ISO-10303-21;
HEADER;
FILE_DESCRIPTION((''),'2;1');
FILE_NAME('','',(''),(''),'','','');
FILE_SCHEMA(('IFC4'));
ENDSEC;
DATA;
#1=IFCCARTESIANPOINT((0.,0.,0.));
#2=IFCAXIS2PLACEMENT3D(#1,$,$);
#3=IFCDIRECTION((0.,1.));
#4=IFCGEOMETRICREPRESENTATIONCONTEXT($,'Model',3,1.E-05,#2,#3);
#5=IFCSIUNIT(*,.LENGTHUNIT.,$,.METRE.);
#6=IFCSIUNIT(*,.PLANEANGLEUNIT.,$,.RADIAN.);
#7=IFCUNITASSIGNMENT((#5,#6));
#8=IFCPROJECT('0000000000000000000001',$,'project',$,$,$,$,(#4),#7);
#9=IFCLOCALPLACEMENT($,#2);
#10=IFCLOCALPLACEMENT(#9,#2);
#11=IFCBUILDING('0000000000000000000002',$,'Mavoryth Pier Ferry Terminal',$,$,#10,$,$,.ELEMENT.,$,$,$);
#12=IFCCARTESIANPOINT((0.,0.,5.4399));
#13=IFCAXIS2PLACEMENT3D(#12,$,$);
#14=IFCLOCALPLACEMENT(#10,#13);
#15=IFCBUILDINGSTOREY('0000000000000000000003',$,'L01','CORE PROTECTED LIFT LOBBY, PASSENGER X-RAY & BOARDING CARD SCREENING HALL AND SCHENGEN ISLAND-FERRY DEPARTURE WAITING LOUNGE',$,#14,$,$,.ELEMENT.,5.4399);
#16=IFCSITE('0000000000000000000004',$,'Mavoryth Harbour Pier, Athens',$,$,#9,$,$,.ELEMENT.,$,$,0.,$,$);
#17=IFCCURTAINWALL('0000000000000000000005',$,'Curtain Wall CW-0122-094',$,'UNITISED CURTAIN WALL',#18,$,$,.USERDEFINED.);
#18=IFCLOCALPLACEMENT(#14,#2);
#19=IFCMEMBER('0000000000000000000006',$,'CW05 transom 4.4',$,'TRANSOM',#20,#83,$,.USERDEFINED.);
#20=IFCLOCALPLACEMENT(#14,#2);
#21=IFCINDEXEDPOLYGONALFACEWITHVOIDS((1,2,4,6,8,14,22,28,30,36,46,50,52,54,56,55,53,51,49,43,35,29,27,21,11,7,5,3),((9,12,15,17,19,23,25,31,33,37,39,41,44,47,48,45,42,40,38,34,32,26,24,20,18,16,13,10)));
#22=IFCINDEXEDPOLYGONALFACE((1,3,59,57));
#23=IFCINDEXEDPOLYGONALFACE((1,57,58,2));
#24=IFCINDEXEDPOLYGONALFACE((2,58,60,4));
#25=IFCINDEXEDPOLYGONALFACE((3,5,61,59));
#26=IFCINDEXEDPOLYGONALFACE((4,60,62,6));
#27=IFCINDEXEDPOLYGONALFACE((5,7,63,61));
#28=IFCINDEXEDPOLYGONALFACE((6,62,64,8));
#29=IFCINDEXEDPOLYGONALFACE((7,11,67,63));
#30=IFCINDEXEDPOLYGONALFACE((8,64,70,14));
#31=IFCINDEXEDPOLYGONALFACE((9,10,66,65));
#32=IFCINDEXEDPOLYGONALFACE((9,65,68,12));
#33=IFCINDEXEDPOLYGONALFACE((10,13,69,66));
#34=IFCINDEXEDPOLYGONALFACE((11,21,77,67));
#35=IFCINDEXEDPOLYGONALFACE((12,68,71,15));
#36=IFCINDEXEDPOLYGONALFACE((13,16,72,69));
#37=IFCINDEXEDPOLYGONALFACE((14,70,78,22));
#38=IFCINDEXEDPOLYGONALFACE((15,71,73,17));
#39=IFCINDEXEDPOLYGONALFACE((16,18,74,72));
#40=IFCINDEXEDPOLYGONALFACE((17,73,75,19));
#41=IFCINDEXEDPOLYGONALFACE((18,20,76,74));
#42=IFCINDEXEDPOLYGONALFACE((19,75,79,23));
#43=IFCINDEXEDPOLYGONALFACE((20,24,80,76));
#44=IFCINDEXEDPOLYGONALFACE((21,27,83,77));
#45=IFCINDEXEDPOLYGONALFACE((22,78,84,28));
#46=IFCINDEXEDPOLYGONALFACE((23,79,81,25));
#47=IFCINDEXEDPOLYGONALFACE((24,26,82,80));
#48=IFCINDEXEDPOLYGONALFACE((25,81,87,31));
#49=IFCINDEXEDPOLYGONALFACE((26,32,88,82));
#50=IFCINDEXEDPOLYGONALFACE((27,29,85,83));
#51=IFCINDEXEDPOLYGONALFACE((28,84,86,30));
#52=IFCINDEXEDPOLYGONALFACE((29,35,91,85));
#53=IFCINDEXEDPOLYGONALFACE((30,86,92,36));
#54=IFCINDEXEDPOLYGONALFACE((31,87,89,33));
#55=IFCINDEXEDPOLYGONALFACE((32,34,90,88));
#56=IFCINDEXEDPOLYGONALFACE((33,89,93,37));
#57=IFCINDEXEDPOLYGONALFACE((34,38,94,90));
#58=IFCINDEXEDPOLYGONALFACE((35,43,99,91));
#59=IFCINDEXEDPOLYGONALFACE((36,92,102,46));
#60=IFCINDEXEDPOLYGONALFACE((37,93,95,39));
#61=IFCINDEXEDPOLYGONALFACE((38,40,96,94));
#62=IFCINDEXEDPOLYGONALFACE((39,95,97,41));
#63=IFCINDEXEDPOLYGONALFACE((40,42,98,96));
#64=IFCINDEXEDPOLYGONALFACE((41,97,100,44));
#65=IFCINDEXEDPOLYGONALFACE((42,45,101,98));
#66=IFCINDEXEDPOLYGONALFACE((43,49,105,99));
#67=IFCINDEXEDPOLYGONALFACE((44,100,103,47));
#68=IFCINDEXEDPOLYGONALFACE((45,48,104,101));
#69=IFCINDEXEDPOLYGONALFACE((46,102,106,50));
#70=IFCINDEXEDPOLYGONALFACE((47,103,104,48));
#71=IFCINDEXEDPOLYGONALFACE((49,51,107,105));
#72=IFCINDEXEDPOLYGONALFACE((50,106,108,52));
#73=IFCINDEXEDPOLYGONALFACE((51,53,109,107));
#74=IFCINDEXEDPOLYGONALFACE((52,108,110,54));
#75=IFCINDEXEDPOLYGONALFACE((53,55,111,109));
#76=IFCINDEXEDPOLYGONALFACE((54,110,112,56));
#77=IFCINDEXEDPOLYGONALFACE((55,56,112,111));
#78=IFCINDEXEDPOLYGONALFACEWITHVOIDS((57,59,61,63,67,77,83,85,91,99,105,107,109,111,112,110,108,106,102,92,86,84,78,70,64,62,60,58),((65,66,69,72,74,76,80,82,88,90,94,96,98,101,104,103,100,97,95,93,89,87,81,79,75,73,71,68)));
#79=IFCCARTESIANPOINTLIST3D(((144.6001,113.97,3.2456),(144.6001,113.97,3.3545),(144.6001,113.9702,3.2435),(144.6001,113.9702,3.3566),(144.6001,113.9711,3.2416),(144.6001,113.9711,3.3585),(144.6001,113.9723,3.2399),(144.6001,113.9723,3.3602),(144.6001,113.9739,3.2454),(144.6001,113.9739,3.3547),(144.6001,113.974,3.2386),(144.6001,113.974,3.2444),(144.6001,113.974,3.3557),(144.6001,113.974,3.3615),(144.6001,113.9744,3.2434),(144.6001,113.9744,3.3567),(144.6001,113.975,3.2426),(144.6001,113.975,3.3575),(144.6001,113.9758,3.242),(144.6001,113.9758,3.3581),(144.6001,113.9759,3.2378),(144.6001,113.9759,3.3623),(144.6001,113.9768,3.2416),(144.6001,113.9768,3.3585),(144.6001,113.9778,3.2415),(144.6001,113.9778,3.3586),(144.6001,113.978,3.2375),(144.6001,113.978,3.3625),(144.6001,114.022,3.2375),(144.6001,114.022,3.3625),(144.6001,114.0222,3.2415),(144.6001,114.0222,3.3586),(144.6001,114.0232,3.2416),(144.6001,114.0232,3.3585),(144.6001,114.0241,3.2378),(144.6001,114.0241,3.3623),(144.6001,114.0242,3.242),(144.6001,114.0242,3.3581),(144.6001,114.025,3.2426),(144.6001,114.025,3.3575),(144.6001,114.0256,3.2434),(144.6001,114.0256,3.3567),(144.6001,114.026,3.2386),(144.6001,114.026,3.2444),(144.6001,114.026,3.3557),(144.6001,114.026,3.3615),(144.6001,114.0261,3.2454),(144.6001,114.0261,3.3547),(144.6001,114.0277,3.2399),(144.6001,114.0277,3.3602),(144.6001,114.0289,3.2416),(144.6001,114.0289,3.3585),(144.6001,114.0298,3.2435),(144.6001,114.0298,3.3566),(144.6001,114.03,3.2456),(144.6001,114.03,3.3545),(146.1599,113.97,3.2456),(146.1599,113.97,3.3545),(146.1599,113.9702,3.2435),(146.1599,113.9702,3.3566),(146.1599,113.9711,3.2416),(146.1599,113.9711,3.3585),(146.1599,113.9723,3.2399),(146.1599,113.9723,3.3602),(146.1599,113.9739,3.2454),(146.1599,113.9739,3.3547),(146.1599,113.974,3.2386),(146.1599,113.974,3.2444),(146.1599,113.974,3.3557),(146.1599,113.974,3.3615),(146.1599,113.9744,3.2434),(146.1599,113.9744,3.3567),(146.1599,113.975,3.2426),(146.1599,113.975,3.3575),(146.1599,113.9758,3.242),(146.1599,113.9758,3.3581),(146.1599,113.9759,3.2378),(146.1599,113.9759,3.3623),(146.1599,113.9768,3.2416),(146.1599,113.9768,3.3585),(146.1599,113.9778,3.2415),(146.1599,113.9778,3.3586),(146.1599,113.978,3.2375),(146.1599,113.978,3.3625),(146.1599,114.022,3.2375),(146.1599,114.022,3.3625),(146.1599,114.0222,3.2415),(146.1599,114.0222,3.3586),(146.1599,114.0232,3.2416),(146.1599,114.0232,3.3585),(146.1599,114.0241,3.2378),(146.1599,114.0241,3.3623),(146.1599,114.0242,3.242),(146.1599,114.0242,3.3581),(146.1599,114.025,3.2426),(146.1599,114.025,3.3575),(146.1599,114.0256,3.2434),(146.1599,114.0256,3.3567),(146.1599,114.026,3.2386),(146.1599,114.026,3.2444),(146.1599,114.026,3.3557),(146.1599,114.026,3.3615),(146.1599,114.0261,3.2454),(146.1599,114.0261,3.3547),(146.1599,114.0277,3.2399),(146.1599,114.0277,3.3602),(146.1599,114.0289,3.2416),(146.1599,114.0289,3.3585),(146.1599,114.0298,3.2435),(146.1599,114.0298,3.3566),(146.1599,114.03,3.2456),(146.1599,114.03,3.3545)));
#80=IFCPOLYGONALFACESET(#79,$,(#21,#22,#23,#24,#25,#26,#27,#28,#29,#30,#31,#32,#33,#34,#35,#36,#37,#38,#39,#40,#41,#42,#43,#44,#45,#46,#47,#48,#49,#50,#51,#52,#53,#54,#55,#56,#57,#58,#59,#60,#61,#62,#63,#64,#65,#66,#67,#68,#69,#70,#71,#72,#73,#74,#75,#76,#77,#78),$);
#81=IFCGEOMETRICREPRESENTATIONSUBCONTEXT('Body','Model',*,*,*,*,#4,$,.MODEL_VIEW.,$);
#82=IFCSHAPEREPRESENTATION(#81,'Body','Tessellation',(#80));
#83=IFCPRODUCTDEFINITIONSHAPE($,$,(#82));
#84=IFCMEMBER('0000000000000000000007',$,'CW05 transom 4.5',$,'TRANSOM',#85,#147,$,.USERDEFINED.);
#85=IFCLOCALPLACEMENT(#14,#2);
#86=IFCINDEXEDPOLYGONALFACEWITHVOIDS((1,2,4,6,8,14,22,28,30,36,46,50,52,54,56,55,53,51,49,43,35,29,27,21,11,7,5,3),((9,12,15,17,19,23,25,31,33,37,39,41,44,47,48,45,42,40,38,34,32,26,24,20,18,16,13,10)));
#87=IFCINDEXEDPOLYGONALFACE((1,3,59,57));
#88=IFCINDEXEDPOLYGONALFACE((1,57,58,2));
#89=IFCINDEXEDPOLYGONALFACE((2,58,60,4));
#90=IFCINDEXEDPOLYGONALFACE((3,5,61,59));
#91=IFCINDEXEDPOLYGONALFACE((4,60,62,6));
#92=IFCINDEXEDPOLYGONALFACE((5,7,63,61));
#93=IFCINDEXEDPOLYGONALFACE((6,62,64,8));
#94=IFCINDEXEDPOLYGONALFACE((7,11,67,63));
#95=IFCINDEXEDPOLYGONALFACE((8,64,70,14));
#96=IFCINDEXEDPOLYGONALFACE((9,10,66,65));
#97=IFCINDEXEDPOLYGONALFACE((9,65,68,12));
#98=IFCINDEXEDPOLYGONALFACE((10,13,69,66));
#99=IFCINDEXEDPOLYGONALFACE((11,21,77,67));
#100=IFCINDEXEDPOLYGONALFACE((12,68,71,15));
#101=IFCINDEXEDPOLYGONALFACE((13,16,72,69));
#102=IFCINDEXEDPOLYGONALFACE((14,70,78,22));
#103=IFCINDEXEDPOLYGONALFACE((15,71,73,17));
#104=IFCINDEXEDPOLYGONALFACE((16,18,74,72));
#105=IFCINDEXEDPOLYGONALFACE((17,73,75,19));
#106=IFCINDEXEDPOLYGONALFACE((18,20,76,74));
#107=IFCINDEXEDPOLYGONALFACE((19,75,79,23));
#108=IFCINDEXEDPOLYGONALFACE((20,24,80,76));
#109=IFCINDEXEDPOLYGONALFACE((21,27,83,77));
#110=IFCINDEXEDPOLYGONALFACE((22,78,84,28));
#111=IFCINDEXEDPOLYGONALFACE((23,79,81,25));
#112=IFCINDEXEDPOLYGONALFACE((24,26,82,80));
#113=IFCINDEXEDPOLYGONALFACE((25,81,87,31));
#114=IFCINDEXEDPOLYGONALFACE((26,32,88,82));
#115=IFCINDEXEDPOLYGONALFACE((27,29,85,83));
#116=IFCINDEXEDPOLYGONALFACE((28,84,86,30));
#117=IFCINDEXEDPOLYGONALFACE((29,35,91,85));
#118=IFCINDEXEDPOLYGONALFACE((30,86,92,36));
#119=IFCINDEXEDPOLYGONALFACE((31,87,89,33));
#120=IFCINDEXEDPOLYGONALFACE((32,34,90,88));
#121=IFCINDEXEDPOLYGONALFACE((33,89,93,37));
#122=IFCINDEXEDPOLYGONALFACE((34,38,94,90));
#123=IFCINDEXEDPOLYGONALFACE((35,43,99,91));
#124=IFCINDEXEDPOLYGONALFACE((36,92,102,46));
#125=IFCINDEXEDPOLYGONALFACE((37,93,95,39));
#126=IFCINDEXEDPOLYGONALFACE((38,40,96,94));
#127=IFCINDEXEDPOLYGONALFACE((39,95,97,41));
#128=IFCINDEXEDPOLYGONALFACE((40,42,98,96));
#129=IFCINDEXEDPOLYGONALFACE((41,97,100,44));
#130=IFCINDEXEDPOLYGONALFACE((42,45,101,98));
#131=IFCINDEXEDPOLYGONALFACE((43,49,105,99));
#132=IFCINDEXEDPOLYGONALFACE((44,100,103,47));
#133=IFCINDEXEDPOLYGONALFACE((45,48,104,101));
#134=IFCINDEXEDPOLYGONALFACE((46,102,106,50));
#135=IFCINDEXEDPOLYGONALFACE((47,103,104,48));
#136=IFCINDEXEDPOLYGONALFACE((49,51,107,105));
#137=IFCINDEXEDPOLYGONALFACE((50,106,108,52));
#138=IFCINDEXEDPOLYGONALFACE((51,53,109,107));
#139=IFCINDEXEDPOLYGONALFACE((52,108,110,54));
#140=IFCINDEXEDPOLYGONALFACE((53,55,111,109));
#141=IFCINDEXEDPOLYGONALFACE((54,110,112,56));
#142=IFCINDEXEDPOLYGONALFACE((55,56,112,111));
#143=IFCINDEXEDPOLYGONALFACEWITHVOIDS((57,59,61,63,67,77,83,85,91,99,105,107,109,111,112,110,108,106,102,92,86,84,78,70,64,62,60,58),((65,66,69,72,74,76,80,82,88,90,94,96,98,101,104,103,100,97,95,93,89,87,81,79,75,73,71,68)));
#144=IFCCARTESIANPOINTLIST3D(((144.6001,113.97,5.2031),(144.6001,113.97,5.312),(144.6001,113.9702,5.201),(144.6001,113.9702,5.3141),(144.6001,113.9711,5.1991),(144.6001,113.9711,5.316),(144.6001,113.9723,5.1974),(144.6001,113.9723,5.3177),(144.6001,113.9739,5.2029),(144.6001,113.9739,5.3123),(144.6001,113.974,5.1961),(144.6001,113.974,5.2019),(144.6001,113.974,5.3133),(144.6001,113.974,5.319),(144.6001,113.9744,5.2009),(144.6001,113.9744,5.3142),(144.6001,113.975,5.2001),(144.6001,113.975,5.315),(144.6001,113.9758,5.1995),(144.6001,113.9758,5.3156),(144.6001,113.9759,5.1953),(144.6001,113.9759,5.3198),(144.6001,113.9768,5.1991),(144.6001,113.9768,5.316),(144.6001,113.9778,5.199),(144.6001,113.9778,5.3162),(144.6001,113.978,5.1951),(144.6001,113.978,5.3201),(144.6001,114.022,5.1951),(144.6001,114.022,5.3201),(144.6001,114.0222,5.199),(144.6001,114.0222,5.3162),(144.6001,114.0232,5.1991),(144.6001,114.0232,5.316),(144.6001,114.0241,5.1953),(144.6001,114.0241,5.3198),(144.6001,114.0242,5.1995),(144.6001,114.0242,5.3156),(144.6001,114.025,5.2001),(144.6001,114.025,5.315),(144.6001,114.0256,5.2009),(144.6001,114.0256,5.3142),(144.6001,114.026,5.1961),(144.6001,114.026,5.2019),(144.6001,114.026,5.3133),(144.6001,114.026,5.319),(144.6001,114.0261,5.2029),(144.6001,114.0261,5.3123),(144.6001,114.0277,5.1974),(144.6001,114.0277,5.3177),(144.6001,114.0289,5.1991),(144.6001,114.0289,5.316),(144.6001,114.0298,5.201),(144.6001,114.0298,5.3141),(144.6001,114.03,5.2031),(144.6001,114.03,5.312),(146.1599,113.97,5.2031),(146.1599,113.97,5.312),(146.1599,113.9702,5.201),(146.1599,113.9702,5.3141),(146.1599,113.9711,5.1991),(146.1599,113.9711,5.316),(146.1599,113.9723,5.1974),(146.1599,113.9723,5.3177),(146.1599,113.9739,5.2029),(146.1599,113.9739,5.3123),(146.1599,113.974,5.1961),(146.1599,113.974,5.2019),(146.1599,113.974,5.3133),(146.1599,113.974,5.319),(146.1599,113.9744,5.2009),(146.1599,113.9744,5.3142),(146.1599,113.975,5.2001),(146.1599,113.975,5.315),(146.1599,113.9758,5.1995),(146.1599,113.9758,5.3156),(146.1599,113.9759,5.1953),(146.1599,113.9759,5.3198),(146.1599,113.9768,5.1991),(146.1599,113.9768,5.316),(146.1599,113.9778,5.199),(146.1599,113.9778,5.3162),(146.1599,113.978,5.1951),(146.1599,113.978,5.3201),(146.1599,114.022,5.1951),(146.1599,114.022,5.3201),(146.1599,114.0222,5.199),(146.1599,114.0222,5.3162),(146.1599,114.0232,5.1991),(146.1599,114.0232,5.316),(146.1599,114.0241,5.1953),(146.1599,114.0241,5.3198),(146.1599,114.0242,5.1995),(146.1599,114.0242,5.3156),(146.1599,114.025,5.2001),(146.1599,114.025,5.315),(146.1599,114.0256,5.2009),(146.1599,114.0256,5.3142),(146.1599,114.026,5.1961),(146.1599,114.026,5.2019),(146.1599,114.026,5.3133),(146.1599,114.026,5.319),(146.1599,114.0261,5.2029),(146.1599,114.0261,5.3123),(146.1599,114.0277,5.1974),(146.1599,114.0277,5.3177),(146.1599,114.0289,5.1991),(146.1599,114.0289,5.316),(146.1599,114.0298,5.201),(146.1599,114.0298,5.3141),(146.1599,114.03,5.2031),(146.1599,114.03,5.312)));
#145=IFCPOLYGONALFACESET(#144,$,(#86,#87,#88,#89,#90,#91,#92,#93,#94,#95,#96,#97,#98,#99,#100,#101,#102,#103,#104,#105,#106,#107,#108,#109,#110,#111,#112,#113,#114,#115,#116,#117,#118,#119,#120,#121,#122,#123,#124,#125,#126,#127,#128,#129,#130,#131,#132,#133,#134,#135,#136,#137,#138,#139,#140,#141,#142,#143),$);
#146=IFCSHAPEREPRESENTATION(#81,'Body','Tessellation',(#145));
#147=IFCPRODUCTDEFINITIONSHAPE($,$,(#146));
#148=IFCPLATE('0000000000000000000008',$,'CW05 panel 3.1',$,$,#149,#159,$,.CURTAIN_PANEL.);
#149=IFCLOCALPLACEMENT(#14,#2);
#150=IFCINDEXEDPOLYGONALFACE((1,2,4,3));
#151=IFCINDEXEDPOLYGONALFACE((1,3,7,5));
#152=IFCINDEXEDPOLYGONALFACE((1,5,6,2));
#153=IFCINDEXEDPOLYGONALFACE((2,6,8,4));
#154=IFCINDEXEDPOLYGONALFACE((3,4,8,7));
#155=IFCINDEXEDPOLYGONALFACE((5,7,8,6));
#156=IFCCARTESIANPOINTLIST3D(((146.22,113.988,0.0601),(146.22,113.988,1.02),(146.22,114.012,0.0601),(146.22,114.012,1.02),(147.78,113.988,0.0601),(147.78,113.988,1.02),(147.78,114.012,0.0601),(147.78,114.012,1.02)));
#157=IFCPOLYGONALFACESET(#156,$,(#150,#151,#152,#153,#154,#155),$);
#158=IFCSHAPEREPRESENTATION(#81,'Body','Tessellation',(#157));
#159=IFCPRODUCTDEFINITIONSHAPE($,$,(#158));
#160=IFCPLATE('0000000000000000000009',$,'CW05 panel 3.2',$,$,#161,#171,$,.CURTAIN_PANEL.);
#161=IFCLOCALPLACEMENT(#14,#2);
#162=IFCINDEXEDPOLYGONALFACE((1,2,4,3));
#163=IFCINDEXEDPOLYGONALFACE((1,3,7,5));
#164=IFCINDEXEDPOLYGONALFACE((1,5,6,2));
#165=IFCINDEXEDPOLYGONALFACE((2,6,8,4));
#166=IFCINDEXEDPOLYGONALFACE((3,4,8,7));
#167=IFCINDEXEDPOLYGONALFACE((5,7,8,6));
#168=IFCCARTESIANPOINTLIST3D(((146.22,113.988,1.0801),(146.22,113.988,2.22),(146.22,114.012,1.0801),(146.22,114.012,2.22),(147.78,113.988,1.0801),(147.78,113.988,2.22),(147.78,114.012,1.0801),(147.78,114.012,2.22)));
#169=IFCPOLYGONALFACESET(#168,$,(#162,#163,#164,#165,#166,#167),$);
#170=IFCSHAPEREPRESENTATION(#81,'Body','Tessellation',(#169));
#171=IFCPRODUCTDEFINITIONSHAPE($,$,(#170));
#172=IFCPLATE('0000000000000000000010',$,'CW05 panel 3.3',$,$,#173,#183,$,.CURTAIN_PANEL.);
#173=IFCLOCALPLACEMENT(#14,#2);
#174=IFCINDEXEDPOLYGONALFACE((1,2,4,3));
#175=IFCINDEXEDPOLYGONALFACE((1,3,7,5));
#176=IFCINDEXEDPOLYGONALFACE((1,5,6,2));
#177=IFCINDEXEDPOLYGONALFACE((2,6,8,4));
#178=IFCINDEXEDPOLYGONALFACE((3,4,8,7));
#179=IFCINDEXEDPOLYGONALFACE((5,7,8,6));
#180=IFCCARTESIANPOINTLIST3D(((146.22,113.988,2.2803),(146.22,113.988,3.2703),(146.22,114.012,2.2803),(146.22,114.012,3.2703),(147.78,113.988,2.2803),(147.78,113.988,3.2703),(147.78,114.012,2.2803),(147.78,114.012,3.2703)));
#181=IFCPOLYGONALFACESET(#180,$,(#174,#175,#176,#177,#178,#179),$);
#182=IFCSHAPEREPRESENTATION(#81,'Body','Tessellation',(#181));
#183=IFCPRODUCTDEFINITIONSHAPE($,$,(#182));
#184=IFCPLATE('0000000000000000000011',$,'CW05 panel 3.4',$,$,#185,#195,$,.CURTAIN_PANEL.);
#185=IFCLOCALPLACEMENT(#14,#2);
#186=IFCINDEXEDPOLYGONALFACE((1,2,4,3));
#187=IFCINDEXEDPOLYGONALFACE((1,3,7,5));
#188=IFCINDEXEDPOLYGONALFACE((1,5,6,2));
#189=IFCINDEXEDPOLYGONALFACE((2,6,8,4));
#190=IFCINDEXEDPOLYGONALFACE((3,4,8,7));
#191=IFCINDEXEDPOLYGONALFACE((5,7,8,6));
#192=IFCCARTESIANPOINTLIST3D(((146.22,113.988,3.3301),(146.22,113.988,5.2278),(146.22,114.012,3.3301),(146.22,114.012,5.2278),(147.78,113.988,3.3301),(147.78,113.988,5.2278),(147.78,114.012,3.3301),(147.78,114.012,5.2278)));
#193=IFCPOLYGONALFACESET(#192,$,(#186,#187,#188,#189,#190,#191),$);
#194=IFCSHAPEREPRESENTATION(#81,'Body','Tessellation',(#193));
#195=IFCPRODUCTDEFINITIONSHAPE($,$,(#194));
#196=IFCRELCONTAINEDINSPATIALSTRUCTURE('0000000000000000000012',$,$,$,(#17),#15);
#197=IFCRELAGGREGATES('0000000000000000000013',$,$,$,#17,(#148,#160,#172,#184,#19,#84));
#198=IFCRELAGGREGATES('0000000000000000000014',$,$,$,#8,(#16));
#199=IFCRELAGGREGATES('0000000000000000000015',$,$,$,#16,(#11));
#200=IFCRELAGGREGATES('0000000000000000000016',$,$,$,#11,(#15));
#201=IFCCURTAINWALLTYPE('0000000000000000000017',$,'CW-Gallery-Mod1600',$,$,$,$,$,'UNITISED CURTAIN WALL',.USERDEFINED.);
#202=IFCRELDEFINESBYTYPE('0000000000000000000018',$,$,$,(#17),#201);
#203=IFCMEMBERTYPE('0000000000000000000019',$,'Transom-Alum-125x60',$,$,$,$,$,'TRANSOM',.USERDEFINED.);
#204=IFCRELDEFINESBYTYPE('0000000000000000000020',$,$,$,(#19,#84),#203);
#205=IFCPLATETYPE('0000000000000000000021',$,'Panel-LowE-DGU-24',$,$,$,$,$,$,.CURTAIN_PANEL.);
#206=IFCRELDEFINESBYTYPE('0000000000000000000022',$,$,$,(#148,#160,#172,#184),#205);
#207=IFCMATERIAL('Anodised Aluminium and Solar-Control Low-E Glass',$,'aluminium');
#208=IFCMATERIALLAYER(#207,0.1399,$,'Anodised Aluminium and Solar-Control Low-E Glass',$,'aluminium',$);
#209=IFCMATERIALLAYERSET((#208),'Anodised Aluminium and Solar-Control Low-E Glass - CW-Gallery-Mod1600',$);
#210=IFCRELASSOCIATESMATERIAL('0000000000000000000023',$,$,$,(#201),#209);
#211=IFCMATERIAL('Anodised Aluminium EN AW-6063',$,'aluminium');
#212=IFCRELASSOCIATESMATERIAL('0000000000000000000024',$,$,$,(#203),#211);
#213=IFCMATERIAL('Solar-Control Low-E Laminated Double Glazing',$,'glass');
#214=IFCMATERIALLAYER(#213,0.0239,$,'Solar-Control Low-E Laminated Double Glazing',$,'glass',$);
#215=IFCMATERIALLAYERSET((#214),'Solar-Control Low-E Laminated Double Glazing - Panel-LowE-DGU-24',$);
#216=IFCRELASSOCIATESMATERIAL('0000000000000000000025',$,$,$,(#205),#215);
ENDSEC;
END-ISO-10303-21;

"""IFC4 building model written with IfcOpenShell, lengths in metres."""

from ifc_helpers import new_model, si_unit, direction, frame, origin, origin_2d, place, context, subcontext, project, spatial, rectangle, hollow_rectangle, extrude, material, layer, layer_set, material_profile, profile_set, type_object, element, aggregate, save


model = new_model("IFC4")

# Units and contexts
model_context = context("Model", 3, precision=1e-05, world=origin(), true_north=direction((0.0, 1.0)))
body_context = subcontext(model_context, "Body", "Model", "MODEL_VIEW")
ifc_project = project(units=[si_unit("LENGTHUNIT", "METRE"), si_unit("PLANEANGLEUNIT", "RADIAN")], contexts=[model_context])

# Site, building, storey
site_placement = place(None, origin())
site = spatial("IfcSite", under=ifc_project, at=site_placement, Name="Mavoryth Harbour Pier, Athens", CompositionType="ELEMENT", RefElevation=0.0)
building_placement = place(site_placement, origin())
building = spatial("IfcBuilding", under=site, at=building_placement, Name="Mavoryth Pier Ferry Terminal", CompositionType="ELEMENT")
storey_placement = place(building_placement, frame((0.0, 0.0, 5.4399)))
storey = spatial("IfcBuildingStorey", under=building, at=storey_placement, Name="L01", Description="CORE PROTECTED LIFT LOBBY, PASSENGER X-RAY & BOARDING CARD SCREENING HALL AND SCHENGEN ISLAND-FERRY DEPARTURE WAITING LOUNGE", CompositionType="ELEMENT", Elevation=5.4399)

# Curtain wall, members, plates
ifc_material_1 = material(Name="Anodised Aluminium and Solar-Control Low-E Glass", Category="aluminium")
ifc_layer_1 = layer(ifc_material_1, 0.1399, Name="Anodised Aluminium and Solar-Control Low-E Glass", Category="aluminium")
ifc_layer_set_1 = layer_set([ifc_layer_1], Name="Anodised Aluminium and Solar-Control Low-E Glass - CW-Gallery-Mod1600")
curtain_wall_type = type_object("IfcCurtainWallType", Name="CW-Gallery-Mod1600", ElementType="UNITISED CURTAIN WALL", PredefinedType="USERDEFINED", material=ifc_layer_set_1)
curtain_wall_placement = place(storey_placement, origin())
curtain_wall = element("IfcCurtainWall", 1, at=curtain_wall_placement, inside=storey, type_object=curtain_wall_type, Name="Curtain Wall CW-0122-094", ObjectType="UNITISED CURTAIN WALL", PredefinedType="USERDEFINED")
ifc_material_2 = material(Name="Anodised Aluminium EN AW-6063", Category="aluminium")
ifc_material_profile_1 = material_profile(ifc_material_2, hollow_rectangle(XDim=0.0601, YDim=0.125, WallThickness=0.0039, InnerFilletRadius=0.0039, OuterFilletRadius=0.0081, at=origin_2d()), Name="AL-TRAN 125x60x4", Category="aluminium")
ifc_profile_set_1 = profile_set([ifc_material_profile_1], Name="Anodised Aluminium EN AW-6063 - AL-TRAN 125x60x4")
member_type_1 = type_object("IfcMemberType", Name="Transom-Alum-125x60", ElementType="TRANSOM", PredefinedType="USERDEFINED", material=ifc_profile_set_1)
member_1_placement = place(storey_placement, frame((146.1599, 114.0, 3.3), z_axis=(-1.0, 0.0, 0.0), x_axis=(0.0, -1.0, 0.0)))
member_1 = element("IfcMember", 2, at=member_1_placement, type_object=member_type_1, Name="CW05 transom 4.4", ObjectType="TRANSOM", PredefinedType="USERDEFINED", context=body_context, shape_type="SweptSolid", body=[
    extrude(hollow_rectangle(XDim=0.0601, YDim=0.125, WallThickness=0.0039, InnerFilletRadius=0.0039, OuterFilletRadius=0.0081, at=origin_2d()), origin(), (0.0, 0.0, 1.0), 1.5598),
])
member_2_placement = place(storey_placement, frame((146.1599, 114.0, 5.2576), z_axis=(-1.0, 0.0, 0.0), x_axis=(0.0, -1.0, 0.0)))
member_2 = element("IfcMember", 3, at=member_2_placement, type_object=member_type_1, Name="CW05 transom 4.5", ObjectType="TRANSOM", PredefinedType="USERDEFINED", context=body_context, shape_type="SweptSolid", body=[
    extrude(hollow_rectangle(XDim=0.0601, YDim=0.125, WallThickness=0.0039, InnerFilletRadius=0.0039, OuterFilletRadius=0.0081, at=origin_2d()), origin(), (0.0, 0.0, 1.0), 1.5598),
])
ifc_material_3 = material(Name="Solar-Control Low-E Laminated Double Glazing", Category="glass")
ifc_layer_2 = layer(ifc_material_3, 0.0239, Name="Solar-Control Low-E Laminated Double Glazing", Category="glass")
ifc_layer_set_2 = layer_set([ifc_layer_2], Name="Solar-Control Low-E Laminated Double Glazing - Panel-LowE-DGU-24")
plate_type = type_object("IfcPlateType", Name="Panel-LowE-DGU-24", PredefinedType="CURTAIN_PANEL", material=ifc_layer_set_2)
plate_1_placement = place(storey_placement, frame((147.0, 114.0, 0.0601), z_axis=(0.0, 0.0, 1.0), x_axis=(-1.0, 0.0, 0.0)))
plate_1 = element("IfcPlate", 4, at=plate_1_placement, type_object=plate_type, Name="CW05 panel 3.1", PredefinedType="CURTAIN_PANEL", context=body_context, shape_type="SweptSolid", body=[
    extrude(rectangle(XDim=1.5601, YDim=0.0239, at=origin_2d()), origin(), (0.0, 0.0, 1.0), 0.96),
])
plate_2_placement = place(storey_placement, frame((147.0, 114.0, 1.0801), z_axis=(0.0, 0.0, 1.0), x_axis=(-1.0, 0.0, 0.0)))
plate_2 = element("IfcPlate", 5, at=plate_2_placement, type_object=plate_type, Name="CW05 panel 3.2", PredefinedType="CURTAIN_PANEL", context=body_context, shape_type="SweptSolid", body=[
    extrude(rectangle(XDim=1.5601, YDim=0.0239, at=origin_2d()), origin(), (0.0, 0.0, 1.0), 1.1399),
])
plate_3_placement = place(storey_placement, frame((147.0, 114.0, 2.2803), z_axis=(0.0, 0.0, 1.0), x_axis=(-1.0, 0.0, 0.0)))
plate_3 = element("IfcPlate", 6, at=plate_3_placement, type_object=plate_type, Name="CW05 panel 3.3", PredefinedType="CURTAIN_PANEL", context=body_context, shape_type="SweptSolid", body=[
    extrude(rectangle(XDim=1.5601, YDim=0.0239, at=origin_2d()), origin(), (0.0, 0.0, 1.0), 0.99),
])
plate_4_placement = place(storey_placement, frame((147.0, 114.0, 3.3301), z_axis=(0.0, 0.0, 1.0), x_axis=(-1.0, 0.0, 0.0)))
plate_4 = element("IfcPlate", 7, at=plate_4_placement, type_object=plate_type, Name="CW05 panel 3.4", PredefinedType="CURTAIN_PANEL", context=body_context, shape_type="SweptSolid", body=[
    extrude(rectangle(XDim=1.5601, YDim=0.0239, at=origin_2d()), origin(), (0.0, 0.0, 1.0), 1.8977),
])
aggregate(curtain_wall, [plate_1, plate_2, plate_3, plate_4, member_1, member_2])

save(model, "model.ifc")
